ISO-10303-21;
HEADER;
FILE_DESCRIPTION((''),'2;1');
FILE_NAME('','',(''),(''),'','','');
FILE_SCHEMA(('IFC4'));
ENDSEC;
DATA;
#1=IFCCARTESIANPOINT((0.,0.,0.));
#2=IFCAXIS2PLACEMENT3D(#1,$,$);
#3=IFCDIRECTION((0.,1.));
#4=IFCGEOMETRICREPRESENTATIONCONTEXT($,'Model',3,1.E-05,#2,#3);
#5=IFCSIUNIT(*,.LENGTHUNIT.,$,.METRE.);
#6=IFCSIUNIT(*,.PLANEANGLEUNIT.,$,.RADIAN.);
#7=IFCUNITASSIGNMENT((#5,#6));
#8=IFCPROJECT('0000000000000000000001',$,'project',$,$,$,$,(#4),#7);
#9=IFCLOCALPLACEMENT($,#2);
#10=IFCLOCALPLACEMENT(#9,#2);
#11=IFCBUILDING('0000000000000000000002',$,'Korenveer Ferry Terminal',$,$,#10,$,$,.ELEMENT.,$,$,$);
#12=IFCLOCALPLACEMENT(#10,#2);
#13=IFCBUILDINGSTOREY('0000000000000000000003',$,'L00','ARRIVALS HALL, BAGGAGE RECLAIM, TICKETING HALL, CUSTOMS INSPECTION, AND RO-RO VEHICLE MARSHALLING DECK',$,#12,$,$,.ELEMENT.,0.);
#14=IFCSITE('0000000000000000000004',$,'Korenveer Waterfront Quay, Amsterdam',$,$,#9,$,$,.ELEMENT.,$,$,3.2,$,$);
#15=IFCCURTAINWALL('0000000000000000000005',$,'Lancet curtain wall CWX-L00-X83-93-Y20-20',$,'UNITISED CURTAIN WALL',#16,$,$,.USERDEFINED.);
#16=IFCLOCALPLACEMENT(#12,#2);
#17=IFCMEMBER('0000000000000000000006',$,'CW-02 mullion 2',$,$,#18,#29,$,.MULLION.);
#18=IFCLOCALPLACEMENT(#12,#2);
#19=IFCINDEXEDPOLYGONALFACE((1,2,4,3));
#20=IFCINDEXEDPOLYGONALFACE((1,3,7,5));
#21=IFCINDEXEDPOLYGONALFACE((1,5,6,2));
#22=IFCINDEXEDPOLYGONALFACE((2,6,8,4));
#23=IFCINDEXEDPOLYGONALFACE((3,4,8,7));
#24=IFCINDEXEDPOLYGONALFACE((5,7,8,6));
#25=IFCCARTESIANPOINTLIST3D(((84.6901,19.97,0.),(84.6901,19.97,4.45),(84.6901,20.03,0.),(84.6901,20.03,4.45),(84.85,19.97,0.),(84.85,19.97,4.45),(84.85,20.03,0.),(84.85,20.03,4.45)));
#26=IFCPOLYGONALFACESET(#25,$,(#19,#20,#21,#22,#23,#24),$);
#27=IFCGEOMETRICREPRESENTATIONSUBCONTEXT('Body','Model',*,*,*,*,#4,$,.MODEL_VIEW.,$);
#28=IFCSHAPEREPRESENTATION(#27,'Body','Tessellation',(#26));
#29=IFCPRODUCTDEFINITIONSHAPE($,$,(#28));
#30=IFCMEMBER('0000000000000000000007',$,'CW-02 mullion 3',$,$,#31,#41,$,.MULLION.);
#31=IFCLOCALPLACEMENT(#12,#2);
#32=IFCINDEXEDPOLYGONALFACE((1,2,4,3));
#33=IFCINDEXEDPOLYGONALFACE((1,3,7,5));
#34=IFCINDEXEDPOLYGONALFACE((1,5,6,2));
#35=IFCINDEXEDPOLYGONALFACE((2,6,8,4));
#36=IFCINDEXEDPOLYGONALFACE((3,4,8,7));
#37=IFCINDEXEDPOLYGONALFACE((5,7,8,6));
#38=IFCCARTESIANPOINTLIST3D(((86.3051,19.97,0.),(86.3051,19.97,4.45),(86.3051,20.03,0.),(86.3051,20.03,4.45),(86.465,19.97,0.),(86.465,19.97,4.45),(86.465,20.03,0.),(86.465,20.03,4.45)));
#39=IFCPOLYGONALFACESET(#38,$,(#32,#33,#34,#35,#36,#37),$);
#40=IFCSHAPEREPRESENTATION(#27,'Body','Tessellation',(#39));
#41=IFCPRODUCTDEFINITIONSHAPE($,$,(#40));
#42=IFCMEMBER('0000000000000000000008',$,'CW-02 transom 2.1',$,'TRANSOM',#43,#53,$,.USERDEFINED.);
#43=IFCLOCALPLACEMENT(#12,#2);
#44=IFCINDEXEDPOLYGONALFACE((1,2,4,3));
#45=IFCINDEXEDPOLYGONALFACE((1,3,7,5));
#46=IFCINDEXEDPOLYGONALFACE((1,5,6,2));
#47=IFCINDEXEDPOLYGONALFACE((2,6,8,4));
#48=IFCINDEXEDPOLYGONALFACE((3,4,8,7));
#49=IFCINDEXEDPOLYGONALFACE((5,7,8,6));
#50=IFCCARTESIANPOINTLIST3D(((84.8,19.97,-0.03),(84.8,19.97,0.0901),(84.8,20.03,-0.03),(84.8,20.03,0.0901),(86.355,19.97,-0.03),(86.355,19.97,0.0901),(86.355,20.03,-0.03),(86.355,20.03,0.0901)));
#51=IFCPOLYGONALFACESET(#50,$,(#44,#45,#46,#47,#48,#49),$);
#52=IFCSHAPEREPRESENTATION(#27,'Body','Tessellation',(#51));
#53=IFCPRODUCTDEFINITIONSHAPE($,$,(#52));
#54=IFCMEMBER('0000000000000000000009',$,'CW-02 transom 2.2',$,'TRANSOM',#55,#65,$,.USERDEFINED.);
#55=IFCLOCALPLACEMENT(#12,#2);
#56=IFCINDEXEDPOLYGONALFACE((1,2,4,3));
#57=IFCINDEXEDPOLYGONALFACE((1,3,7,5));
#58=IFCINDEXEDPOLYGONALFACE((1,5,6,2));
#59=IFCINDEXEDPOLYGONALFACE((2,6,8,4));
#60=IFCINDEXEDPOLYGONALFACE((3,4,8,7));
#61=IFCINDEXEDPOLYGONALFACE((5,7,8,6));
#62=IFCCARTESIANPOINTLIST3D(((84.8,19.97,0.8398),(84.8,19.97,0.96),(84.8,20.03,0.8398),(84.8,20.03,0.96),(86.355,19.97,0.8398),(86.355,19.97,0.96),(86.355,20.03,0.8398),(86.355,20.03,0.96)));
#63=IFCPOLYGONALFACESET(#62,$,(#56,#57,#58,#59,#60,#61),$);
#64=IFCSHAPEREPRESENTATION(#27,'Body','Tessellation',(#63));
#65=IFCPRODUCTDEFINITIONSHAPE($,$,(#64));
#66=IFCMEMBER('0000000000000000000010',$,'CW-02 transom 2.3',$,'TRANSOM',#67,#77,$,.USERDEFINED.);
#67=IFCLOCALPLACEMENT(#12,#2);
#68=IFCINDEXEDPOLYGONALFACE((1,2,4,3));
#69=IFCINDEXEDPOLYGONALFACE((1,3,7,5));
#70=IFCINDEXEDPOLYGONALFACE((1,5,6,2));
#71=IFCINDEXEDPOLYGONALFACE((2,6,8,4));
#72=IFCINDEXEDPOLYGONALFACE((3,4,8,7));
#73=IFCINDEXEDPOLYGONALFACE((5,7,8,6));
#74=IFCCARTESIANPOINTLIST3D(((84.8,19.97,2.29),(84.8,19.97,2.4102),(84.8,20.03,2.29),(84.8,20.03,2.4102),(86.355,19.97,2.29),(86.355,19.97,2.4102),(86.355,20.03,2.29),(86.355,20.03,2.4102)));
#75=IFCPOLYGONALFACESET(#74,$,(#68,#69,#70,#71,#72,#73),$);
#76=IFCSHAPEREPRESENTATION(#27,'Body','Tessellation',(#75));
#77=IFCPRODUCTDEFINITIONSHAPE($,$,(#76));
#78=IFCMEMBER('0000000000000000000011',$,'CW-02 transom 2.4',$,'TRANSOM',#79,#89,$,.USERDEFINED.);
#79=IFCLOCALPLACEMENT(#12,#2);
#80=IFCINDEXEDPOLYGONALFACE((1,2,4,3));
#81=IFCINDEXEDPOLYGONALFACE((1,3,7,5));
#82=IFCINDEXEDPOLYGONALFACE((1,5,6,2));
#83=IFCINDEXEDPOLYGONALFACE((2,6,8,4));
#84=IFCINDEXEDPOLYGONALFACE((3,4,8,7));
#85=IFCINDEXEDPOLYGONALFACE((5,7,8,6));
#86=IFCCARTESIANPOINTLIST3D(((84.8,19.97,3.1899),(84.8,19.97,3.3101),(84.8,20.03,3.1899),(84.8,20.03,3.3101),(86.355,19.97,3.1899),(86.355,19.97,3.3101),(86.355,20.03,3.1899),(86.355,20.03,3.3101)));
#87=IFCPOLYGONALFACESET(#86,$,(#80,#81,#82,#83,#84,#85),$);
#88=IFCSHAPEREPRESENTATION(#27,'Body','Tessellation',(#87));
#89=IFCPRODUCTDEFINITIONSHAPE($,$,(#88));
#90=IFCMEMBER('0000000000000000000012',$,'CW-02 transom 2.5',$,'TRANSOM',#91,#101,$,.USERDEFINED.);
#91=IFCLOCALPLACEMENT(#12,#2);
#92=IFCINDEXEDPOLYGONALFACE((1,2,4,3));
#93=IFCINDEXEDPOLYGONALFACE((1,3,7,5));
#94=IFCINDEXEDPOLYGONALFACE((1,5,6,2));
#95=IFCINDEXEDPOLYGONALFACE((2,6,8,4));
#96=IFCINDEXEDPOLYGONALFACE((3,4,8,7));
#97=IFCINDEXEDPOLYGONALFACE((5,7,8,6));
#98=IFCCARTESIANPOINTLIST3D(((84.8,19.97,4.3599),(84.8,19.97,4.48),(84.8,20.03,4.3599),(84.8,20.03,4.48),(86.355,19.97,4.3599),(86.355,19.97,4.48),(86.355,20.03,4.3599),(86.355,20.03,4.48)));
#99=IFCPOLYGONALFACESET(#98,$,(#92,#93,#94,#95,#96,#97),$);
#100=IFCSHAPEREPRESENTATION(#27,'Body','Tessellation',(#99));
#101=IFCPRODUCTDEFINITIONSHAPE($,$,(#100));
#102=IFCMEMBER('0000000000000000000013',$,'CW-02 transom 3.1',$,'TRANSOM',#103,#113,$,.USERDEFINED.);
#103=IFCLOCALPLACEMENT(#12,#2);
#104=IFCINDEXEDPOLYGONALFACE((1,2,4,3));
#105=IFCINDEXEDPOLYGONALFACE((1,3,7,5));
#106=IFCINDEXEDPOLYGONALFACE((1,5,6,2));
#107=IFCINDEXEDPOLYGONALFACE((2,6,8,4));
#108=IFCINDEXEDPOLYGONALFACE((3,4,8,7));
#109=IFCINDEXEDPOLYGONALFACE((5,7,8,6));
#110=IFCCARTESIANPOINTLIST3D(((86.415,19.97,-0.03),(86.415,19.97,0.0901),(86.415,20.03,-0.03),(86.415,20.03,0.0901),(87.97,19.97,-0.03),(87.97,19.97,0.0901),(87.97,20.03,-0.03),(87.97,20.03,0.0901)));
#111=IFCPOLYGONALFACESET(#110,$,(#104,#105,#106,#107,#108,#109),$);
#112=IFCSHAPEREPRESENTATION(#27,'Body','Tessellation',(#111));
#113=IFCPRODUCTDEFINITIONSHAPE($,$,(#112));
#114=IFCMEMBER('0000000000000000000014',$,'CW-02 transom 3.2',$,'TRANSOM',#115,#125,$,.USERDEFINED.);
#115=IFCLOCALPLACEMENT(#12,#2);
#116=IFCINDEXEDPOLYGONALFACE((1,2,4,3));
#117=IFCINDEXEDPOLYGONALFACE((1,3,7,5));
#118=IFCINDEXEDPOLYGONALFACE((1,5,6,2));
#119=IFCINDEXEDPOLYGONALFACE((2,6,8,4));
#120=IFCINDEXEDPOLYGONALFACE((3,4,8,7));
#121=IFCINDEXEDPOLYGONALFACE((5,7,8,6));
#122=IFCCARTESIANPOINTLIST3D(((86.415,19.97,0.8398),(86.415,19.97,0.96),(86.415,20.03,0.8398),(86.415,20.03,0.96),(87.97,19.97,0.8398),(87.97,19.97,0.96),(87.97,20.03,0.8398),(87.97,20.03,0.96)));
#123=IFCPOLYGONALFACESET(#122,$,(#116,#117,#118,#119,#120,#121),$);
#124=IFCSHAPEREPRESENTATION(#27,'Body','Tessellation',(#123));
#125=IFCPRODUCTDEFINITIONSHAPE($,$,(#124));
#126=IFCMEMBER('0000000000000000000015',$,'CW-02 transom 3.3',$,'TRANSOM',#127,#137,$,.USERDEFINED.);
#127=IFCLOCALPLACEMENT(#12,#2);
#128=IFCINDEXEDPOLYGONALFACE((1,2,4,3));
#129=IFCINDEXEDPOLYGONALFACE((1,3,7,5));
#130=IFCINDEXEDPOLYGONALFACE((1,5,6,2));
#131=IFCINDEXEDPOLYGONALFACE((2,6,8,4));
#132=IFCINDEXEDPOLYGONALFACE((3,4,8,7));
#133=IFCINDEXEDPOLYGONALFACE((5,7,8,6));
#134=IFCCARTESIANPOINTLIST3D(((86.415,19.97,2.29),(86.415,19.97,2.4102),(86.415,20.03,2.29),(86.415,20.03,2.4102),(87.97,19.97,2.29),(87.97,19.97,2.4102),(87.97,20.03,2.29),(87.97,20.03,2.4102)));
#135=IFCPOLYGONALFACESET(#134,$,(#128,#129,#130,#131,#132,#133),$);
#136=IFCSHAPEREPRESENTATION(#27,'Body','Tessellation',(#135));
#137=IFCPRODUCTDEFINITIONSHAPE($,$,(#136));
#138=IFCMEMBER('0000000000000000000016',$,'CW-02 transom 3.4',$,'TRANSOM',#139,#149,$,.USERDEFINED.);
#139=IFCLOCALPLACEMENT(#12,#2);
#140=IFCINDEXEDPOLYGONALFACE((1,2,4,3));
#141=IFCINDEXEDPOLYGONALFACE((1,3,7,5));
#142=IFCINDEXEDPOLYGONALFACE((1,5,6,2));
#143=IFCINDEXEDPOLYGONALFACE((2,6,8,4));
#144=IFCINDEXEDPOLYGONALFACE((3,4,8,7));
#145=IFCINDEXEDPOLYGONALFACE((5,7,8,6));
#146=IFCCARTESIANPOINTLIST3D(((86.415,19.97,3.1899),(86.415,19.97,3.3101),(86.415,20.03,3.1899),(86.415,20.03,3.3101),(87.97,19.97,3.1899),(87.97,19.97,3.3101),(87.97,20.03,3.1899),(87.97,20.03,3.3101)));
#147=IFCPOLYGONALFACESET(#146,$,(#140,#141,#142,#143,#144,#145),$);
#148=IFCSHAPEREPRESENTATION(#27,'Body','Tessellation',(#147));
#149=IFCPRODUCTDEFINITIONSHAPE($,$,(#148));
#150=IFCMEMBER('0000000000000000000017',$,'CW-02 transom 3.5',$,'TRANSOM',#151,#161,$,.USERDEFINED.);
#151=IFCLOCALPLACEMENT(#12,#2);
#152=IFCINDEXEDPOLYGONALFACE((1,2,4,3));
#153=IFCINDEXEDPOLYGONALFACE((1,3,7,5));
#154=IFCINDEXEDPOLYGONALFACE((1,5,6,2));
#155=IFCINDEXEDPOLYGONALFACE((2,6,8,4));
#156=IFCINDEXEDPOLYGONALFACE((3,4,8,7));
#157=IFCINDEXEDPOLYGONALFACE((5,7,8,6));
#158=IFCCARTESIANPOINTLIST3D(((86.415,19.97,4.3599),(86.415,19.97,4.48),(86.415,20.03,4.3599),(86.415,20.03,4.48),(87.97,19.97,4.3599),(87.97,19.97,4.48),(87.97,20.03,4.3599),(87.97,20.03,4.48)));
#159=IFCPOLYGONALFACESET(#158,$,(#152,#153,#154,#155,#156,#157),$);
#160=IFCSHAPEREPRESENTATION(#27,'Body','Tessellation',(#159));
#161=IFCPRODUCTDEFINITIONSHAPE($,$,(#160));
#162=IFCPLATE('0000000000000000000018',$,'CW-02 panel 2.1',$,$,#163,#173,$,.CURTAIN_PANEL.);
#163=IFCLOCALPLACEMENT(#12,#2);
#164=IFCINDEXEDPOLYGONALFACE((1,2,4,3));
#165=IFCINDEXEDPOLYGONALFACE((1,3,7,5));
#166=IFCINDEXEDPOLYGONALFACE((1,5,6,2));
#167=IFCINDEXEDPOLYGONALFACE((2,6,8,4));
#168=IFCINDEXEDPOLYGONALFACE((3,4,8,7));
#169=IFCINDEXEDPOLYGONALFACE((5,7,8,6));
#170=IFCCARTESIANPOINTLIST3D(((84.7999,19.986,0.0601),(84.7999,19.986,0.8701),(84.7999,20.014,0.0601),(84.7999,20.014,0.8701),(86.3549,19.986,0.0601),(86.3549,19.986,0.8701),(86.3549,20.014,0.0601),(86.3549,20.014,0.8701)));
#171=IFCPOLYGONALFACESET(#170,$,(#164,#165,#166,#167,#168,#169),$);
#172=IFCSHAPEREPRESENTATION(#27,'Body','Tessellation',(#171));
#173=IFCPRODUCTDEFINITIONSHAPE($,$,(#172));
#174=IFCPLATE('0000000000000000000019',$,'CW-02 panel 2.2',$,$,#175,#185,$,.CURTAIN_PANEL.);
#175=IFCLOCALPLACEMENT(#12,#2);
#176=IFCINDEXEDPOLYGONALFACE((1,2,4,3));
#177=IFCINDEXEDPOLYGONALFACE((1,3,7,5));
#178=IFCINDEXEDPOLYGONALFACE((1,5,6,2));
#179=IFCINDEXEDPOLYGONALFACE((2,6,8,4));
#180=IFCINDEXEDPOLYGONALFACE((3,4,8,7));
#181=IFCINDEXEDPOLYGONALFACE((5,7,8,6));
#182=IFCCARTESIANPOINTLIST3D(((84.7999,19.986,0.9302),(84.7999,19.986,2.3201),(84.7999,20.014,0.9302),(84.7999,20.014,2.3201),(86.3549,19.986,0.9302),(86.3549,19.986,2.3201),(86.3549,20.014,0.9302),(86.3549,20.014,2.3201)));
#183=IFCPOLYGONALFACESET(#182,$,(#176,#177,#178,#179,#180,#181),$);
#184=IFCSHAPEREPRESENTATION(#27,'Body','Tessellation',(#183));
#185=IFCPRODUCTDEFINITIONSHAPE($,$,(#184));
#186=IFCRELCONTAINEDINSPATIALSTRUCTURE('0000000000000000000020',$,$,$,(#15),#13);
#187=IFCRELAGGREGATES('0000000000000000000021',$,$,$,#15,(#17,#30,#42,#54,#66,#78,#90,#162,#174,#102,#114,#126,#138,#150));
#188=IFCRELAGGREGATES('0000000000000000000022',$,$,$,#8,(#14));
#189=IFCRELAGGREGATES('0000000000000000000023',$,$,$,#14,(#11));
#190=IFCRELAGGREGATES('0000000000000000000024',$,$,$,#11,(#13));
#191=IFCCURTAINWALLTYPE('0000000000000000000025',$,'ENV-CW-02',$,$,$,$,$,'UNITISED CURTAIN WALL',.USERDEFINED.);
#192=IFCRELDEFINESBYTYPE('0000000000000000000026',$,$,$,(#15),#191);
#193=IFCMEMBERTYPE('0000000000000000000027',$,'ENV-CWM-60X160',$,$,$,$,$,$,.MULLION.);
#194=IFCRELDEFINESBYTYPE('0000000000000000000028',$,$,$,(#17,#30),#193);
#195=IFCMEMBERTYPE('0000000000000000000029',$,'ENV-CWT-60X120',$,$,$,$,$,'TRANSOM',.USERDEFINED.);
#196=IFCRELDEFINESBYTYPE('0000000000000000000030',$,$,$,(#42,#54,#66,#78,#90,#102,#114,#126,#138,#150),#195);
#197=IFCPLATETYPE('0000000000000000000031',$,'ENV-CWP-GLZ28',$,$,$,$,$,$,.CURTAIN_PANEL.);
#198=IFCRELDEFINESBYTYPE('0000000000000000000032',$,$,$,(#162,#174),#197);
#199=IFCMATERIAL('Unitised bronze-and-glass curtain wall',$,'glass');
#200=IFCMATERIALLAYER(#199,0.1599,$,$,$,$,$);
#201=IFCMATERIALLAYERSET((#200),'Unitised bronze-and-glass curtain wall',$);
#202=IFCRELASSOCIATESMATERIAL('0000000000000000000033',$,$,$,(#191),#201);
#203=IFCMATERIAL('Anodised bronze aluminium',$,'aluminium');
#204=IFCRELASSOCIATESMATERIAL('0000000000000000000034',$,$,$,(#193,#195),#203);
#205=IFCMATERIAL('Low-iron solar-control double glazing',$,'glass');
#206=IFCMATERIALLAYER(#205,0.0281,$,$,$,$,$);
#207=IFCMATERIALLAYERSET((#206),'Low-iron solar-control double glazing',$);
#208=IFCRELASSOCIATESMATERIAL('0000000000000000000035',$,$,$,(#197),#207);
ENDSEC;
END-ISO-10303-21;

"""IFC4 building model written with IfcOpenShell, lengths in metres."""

from ifc_helpers import new_model, si_unit, direction, frame, origin, origin_2d, place, context, subcontext, project, spatial, rectangle, extrude, material, layer, layer_set, material_profile, profile_set, type_object, element, aggregate, save


model = new_model("IFC4")

# Units and contexts
model_context = context("Model", 3, precision=1e-05, world=origin(), true_north=direction((0.0, 1.0)))
body_context = subcontext(model_context, "Body", "Model", "MODEL_VIEW")
ifc_project = project(units=[si_unit("LENGTHUNIT", "METRE"), si_unit("PLANEANGLEUNIT", "RADIAN")], contexts=[model_context])

# Site, building, storey
site_placement = place(None, origin())
site = spatial("IfcSite", under=ifc_project, at=site_placement, Name="Korenveer Waterfront Quay, Amsterdam", CompositionType="ELEMENT", RefElevation=3.2)
building_placement = place(site_placement, origin())
building = spatial("IfcBuilding", under=site, at=building_placement, Name="Korenveer Ferry Terminal", CompositionType="ELEMENT")
storey_placement = place(building_placement, origin())
storey = spatial("IfcBuildingStorey", under=building, at=storey_placement, Name="L00", Description="ARRIVALS HALL, BAGGAGE RECLAIM, TICKETING HALL, CUSTOMS INSPECTION, AND RO-RO VEHICLE MARSHALLING DECK", CompositionType="ELEMENT", Elevation=0.0)

# Curtain wall, members, plates
ifc_material_1 = material(Name="Unitised bronze-and-glass curtain wall", Category="glass")
ifc_layer_1 = layer(ifc_material_1, 0.1599)
ifc_layer_set_1 = layer_set([ifc_layer_1], Name="Unitised bronze-and-glass curtain wall")
curtain_wall_type = type_object("IfcCurtainWallType", Name="ENV-CW-02", ElementType="UNITISED CURTAIN WALL", PredefinedType="USERDEFINED", material=ifc_layer_set_1)
curtain_wall_placement = place(storey_placement, frame((83.155, 20.0, 0.0)))
curtain_wall = element("IfcCurtainWall", 1, at=curtain_wall_placement, inside=storey, type_object=curtain_wall_type, Name="Lancet curtain wall CWX-L00-X83-93-Y20-20", ObjectType="UNITISED CURTAIN WALL", PredefinedType="USERDEFINED")
ifc_material_2 = material(Name="Anodised bronze aluminium", Category="aluminium")
ifc_material_profile_1 = material_profile(ifc_material_2, rectangle(XDim=0.0601, YDim=0.1599, at=origin_2d()), Name="ALU 60x160")
ifc_profile_set_1 = profile_set([ifc_material_profile_1], Name="Anodised bronze aluminium")
member_type_1 = type_object("IfcMemberType", Name="ENV-CWM-60X160", PredefinedType="MULLION", material=ifc_profile_set_1)
member_1_placement = place(storey_placement, frame((84.77, 20.0, 0.0), z_axis=(0.0, 0.0, 1.0), x_axis=(0.0, 1.0, 0.0)))
member_1 = element("IfcMember", 2, at=member_1_placement, type_object=member_type_1, Name="CW-02 mullion 2", PredefinedType="MULLION", context=body_context, shape_type="SweptSolid", body=[
    extrude(rectangle(XDim=0.0601, YDim=0.1599, at=origin_2d()), origin(), (0.0, 0.0, 1.0), 4.45),
])
member_2_placement = place(storey_placement, frame((86.385, 20.0, 0.0), z_axis=(0.0, 0.0, 1.0), x_axis=(0.0, 1.0, 0.0)))
member_2 = element("IfcMember", 3, at=member_2_placement, type_object=member_type_1, Name="CW-02 mullion 3", PredefinedType="MULLION", context=body_context, shape_type="SweptSolid", body=[
    extrude(rectangle(XDim=0.0601, YDim=0.1599, at=origin_2d()), origin(), (0.0, 0.0, 1.0), 4.45),
])
ifc_material_profile_2 = material_profile(ifc_material_2, rectangle(XDim=0.0601, YDim=0.1201, at=origin_2d()), Name="ALU 60x120")
ifc_profile_set_2 = profile_set([ifc_material_profile_2], Name="Anodised bronze aluminium")
member_type_2 = type_object("IfcMemberType", Name="ENV-CWT-60X120", ElementType="TRANSOM", PredefinedType="USERDEFINED", material=ifc_profile_set_2)
member_3_placement = place(storey_placement, frame((84.8, 20.0, 0.03), z_axis=(1.0, 0.0, 0.0), x_axis=(0.0, 1.0, 0.0)))
member_3 = element("IfcMember", 4, at=member_3_placement, type_object=member_type_2, Name="CW-02 transom 2.1", ObjectType="TRANSOM", PredefinedType="USERDEFINED", context=body_context, shape_type="SweptSolid", body=[
    extrude(rectangle(XDim=0.0601, YDim=0.1201, at=origin_2d()), origin(), (0.0, 0.0, 1.0), 1.5549),
])
member_4_placement = place(storey_placement, frame((84.8, 20.0, 0.8999), z_axis=(1.0, 0.0, 0.0), x_axis=(0.0, 1.0, 0.0)))
member_4 = element("IfcMember", 5, at=member_4_placement, type_object=member_type_2, Name="CW-02 transom 2.2", ObjectType="TRANSOM", PredefinedType="USERDEFINED", context=body_context, shape_type="SweptSolid", body=[
    extrude(rectangle(XDim=0.0601, YDim=0.1201, at=origin_2d()), origin(), (0.0, 0.0, 1.0), 1.5549),
])
member_5_placement = place(storey_placement, frame((84.8, 20.0, 2.3501), z_axis=(1.0, 0.0, 0.0), x_axis=(0.0, 1.0, 0.0)))
member_5 = element("IfcMember", 6, at=member_5_placement, type_object=member_type_2, Name="CW-02 transom 2.3", ObjectType="TRANSOM", PredefinedType="USERDEFINED", context=body_context, shape_type="SweptSolid", body=[
    extrude(rectangle(XDim=0.0601, YDim=0.1201, at=origin_2d()), origin(), (0.0, 0.0, 1.0), 1.5549),
])
member_6_placement = place(storey_placement, frame((84.8, 20.0, 3.25), z_axis=(1.0, 0.0, 0.0), x_axis=(0.0, 1.0, 0.0)))
member_6 = element("IfcMember", 7, at=member_6_placement, type_object=member_type_2, Name="CW-02 transom 2.4", ObjectType="TRANSOM", PredefinedType="USERDEFINED", context=body_context, shape_type="SweptSolid", body=[
    extrude(rectangle(XDim=0.0601, YDim=0.1201, at=origin_2d()), origin(), (0.0, 0.0, 1.0), 1.5549),
])
member_7_placement = place(storey_placement, frame((84.8, 20.0, 4.4199), z_axis=(1.0, 0.0, 0.0), x_axis=(0.0, 1.0, 0.0)))
member_7 = element("IfcMember", 8, at=member_7_placement, type_object=member_type_2, Name="CW-02 transom 2.5", ObjectType="TRANSOM", PredefinedType="USERDEFINED", context=body_context, shape_type="SweptSolid", body=[
    extrude(rectangle(XDim=0.0601, YDim=0.1201, at=origin_2d()), origin(), (0.0, 0.0, 1.0), 1.5549),
])
member_8_placement = place(storey_placement, frame((86.415, 20.0, 0.03), z_axis=(1.0, 0.0, 0.0), x_axis=(0.0, 1.0, 0.0)))
member_8 = element("IfcMember", 9, at=member_8_placement, type_object=member_type_2, Name="CW-02 transom 3.1", ObjectType="TRANSOM", PredefinedType="USERDEFINED", context=body_context, shape_type="SweptSolid", body=[
    extrude(rectangle(XDim=0.0601, YDim=0.1201, at=origin_2d()), origin(), (0.0, 0.0, 1.0), 1.5549),
])
member_9_placement = place(storey_placement, frame((86.415, 20.0, 0.8999), z_axis=(1.0, 0.0, 0.0), x_axis=(0.0, 1.0, 0.0)))
member_9 = element("IfcMember", 10, at=member_9_placement, type_object=member_type_2, Name="CW-02 transom 3.2", ObjectType="TRANSOM", PredefinedType="USERDEFINED", context=body_context, shape_type="SweptSolid", body=[
    extrude(rectangle(XDim=0.0601, YDim=0.1201, at=origin_2d()), origin(), (0.0, 0.0, 1.0), 1.5549),
])
member_10_placement = place(storey_placement, frame((86.415, 20.0, 2.3501), z_axis=(1.0, 0.0, 0.0), x_axis=(0.0, 1.0, 0.0)))
member_10 = element("IfcMember", 11, at=member_10_placement, type_object=member_type_2, Name="CW-02 transom 3.3", ObjectType="TRANSOM", PredefinedType="USERDEFINED", context=body_context, shape_type="SweptSolid", body=[
    extrude(rectangle(XDim=0.0601, YDim=0.1201, at=origin_2d()), origin(), (0.0, 0.0, 1.0), 1.5549),
])
member_11_placement = place(storey_placement, frame((86.415, 20.0, 3.25), z_axis=(1.0, 0.0, 0.0), x_axis=(0.0, 1.0, 0.0)))
member_11 = element("IfcMember", 12, at=member_11_placement, type_object=member_type_2, Name="CW-02 transom 3.4", ObjectType="TRANSOM", PredefinedType="USERDEFINED", context=body_context, shape_type="SweptSolid", body=[
    extrude(rectangle(XDim=0.0601, YDim=0.1201, at=origin_2d()), origin(), (0.0, 0.0, 1.0), 1.5549),
])
member_12_placement = place(storey_placement, frame((86.415, 20.0, 4.4199), z_axis=(1.0, 0.0, 0.0), x_axis=(0.0, 1.0, 0.0)))
member_12 = element("IfcMember", 13, at=member_12_placement, type_object=member_type_2, Name="CW-02 transom 3.5", ObjectType="TRANSOM", PredefinedType="USERDEFINED", context=body_context, shape_type="SweptSolid", body=[
    extrude(rectangle(XDim=0.0601, YDim=0.1201, at=origin_2d()), origin(), (0.0, 0.0, 1.0), 1.5549),
])
ifc_material_3 = material(Name="Low-iron solar-control double glazing", Category="glass")
ifc_layer_2 = layer(ifc_material_3, 0.0281)
ifc_layer_set_2 = layer_set([ifc_layer_2], Name="Low-iron solar-control double glazing")
plate_type = type_object("IfcPlateType", Name="ENV-CWP-GLZ28", PredefinedType="CURTAIN_PANEL", material=ifc_layer_set_2)
plate_1_placement = place(storey_placement, frame((85.5774, 20.0, 0.0601), z_axis=(0.0, 0.0, 1.0), x_axis=(1.0, 0.0, 0.0)))
plate_1 = element("IfcPlate", 14, at=plate_1_placement, type_object=plate_type, Name="CW-02 panel 2.1", PredefinedType="CURTAIN_PANEL", context=body_context, shape_type="SweptSolid", body=[
    extrude(rectangle(XDim=1.5549, YDim=0.0281, at=origin_2d()), origin(), (0.0, 0.0, 1.0), 0.8101),
])
plate_2_placement = place(storey_placement, frame((85.5774, 20.0, 0.9302), z_axis=(0.0, 0.0, 1.0), x_axis=(1.0, 0.0, 0.0)))
plate_2 = element("IfcPlate", 15, at=plate_2_placement, type_object=plate_type, Name="CW-02 panel 2.2", PredefinedType="CURTAIN_PANEL", context=body_context, shape_type="SweptSolid", body=[
    extrude(rectangle(XDim=1.5549, YDim=0.0281, at=origin_2d()), origin(), (0.0, 0.0, 1.0), 1.3899),
])
aggregate(curtain_wall, [member_1, member_2, member_3, member_4, member_5, member_6, member_7, plate_1, plate_2, member_8, member_9, member_10, member_11, member_12])

save(model, "model.ifc")
